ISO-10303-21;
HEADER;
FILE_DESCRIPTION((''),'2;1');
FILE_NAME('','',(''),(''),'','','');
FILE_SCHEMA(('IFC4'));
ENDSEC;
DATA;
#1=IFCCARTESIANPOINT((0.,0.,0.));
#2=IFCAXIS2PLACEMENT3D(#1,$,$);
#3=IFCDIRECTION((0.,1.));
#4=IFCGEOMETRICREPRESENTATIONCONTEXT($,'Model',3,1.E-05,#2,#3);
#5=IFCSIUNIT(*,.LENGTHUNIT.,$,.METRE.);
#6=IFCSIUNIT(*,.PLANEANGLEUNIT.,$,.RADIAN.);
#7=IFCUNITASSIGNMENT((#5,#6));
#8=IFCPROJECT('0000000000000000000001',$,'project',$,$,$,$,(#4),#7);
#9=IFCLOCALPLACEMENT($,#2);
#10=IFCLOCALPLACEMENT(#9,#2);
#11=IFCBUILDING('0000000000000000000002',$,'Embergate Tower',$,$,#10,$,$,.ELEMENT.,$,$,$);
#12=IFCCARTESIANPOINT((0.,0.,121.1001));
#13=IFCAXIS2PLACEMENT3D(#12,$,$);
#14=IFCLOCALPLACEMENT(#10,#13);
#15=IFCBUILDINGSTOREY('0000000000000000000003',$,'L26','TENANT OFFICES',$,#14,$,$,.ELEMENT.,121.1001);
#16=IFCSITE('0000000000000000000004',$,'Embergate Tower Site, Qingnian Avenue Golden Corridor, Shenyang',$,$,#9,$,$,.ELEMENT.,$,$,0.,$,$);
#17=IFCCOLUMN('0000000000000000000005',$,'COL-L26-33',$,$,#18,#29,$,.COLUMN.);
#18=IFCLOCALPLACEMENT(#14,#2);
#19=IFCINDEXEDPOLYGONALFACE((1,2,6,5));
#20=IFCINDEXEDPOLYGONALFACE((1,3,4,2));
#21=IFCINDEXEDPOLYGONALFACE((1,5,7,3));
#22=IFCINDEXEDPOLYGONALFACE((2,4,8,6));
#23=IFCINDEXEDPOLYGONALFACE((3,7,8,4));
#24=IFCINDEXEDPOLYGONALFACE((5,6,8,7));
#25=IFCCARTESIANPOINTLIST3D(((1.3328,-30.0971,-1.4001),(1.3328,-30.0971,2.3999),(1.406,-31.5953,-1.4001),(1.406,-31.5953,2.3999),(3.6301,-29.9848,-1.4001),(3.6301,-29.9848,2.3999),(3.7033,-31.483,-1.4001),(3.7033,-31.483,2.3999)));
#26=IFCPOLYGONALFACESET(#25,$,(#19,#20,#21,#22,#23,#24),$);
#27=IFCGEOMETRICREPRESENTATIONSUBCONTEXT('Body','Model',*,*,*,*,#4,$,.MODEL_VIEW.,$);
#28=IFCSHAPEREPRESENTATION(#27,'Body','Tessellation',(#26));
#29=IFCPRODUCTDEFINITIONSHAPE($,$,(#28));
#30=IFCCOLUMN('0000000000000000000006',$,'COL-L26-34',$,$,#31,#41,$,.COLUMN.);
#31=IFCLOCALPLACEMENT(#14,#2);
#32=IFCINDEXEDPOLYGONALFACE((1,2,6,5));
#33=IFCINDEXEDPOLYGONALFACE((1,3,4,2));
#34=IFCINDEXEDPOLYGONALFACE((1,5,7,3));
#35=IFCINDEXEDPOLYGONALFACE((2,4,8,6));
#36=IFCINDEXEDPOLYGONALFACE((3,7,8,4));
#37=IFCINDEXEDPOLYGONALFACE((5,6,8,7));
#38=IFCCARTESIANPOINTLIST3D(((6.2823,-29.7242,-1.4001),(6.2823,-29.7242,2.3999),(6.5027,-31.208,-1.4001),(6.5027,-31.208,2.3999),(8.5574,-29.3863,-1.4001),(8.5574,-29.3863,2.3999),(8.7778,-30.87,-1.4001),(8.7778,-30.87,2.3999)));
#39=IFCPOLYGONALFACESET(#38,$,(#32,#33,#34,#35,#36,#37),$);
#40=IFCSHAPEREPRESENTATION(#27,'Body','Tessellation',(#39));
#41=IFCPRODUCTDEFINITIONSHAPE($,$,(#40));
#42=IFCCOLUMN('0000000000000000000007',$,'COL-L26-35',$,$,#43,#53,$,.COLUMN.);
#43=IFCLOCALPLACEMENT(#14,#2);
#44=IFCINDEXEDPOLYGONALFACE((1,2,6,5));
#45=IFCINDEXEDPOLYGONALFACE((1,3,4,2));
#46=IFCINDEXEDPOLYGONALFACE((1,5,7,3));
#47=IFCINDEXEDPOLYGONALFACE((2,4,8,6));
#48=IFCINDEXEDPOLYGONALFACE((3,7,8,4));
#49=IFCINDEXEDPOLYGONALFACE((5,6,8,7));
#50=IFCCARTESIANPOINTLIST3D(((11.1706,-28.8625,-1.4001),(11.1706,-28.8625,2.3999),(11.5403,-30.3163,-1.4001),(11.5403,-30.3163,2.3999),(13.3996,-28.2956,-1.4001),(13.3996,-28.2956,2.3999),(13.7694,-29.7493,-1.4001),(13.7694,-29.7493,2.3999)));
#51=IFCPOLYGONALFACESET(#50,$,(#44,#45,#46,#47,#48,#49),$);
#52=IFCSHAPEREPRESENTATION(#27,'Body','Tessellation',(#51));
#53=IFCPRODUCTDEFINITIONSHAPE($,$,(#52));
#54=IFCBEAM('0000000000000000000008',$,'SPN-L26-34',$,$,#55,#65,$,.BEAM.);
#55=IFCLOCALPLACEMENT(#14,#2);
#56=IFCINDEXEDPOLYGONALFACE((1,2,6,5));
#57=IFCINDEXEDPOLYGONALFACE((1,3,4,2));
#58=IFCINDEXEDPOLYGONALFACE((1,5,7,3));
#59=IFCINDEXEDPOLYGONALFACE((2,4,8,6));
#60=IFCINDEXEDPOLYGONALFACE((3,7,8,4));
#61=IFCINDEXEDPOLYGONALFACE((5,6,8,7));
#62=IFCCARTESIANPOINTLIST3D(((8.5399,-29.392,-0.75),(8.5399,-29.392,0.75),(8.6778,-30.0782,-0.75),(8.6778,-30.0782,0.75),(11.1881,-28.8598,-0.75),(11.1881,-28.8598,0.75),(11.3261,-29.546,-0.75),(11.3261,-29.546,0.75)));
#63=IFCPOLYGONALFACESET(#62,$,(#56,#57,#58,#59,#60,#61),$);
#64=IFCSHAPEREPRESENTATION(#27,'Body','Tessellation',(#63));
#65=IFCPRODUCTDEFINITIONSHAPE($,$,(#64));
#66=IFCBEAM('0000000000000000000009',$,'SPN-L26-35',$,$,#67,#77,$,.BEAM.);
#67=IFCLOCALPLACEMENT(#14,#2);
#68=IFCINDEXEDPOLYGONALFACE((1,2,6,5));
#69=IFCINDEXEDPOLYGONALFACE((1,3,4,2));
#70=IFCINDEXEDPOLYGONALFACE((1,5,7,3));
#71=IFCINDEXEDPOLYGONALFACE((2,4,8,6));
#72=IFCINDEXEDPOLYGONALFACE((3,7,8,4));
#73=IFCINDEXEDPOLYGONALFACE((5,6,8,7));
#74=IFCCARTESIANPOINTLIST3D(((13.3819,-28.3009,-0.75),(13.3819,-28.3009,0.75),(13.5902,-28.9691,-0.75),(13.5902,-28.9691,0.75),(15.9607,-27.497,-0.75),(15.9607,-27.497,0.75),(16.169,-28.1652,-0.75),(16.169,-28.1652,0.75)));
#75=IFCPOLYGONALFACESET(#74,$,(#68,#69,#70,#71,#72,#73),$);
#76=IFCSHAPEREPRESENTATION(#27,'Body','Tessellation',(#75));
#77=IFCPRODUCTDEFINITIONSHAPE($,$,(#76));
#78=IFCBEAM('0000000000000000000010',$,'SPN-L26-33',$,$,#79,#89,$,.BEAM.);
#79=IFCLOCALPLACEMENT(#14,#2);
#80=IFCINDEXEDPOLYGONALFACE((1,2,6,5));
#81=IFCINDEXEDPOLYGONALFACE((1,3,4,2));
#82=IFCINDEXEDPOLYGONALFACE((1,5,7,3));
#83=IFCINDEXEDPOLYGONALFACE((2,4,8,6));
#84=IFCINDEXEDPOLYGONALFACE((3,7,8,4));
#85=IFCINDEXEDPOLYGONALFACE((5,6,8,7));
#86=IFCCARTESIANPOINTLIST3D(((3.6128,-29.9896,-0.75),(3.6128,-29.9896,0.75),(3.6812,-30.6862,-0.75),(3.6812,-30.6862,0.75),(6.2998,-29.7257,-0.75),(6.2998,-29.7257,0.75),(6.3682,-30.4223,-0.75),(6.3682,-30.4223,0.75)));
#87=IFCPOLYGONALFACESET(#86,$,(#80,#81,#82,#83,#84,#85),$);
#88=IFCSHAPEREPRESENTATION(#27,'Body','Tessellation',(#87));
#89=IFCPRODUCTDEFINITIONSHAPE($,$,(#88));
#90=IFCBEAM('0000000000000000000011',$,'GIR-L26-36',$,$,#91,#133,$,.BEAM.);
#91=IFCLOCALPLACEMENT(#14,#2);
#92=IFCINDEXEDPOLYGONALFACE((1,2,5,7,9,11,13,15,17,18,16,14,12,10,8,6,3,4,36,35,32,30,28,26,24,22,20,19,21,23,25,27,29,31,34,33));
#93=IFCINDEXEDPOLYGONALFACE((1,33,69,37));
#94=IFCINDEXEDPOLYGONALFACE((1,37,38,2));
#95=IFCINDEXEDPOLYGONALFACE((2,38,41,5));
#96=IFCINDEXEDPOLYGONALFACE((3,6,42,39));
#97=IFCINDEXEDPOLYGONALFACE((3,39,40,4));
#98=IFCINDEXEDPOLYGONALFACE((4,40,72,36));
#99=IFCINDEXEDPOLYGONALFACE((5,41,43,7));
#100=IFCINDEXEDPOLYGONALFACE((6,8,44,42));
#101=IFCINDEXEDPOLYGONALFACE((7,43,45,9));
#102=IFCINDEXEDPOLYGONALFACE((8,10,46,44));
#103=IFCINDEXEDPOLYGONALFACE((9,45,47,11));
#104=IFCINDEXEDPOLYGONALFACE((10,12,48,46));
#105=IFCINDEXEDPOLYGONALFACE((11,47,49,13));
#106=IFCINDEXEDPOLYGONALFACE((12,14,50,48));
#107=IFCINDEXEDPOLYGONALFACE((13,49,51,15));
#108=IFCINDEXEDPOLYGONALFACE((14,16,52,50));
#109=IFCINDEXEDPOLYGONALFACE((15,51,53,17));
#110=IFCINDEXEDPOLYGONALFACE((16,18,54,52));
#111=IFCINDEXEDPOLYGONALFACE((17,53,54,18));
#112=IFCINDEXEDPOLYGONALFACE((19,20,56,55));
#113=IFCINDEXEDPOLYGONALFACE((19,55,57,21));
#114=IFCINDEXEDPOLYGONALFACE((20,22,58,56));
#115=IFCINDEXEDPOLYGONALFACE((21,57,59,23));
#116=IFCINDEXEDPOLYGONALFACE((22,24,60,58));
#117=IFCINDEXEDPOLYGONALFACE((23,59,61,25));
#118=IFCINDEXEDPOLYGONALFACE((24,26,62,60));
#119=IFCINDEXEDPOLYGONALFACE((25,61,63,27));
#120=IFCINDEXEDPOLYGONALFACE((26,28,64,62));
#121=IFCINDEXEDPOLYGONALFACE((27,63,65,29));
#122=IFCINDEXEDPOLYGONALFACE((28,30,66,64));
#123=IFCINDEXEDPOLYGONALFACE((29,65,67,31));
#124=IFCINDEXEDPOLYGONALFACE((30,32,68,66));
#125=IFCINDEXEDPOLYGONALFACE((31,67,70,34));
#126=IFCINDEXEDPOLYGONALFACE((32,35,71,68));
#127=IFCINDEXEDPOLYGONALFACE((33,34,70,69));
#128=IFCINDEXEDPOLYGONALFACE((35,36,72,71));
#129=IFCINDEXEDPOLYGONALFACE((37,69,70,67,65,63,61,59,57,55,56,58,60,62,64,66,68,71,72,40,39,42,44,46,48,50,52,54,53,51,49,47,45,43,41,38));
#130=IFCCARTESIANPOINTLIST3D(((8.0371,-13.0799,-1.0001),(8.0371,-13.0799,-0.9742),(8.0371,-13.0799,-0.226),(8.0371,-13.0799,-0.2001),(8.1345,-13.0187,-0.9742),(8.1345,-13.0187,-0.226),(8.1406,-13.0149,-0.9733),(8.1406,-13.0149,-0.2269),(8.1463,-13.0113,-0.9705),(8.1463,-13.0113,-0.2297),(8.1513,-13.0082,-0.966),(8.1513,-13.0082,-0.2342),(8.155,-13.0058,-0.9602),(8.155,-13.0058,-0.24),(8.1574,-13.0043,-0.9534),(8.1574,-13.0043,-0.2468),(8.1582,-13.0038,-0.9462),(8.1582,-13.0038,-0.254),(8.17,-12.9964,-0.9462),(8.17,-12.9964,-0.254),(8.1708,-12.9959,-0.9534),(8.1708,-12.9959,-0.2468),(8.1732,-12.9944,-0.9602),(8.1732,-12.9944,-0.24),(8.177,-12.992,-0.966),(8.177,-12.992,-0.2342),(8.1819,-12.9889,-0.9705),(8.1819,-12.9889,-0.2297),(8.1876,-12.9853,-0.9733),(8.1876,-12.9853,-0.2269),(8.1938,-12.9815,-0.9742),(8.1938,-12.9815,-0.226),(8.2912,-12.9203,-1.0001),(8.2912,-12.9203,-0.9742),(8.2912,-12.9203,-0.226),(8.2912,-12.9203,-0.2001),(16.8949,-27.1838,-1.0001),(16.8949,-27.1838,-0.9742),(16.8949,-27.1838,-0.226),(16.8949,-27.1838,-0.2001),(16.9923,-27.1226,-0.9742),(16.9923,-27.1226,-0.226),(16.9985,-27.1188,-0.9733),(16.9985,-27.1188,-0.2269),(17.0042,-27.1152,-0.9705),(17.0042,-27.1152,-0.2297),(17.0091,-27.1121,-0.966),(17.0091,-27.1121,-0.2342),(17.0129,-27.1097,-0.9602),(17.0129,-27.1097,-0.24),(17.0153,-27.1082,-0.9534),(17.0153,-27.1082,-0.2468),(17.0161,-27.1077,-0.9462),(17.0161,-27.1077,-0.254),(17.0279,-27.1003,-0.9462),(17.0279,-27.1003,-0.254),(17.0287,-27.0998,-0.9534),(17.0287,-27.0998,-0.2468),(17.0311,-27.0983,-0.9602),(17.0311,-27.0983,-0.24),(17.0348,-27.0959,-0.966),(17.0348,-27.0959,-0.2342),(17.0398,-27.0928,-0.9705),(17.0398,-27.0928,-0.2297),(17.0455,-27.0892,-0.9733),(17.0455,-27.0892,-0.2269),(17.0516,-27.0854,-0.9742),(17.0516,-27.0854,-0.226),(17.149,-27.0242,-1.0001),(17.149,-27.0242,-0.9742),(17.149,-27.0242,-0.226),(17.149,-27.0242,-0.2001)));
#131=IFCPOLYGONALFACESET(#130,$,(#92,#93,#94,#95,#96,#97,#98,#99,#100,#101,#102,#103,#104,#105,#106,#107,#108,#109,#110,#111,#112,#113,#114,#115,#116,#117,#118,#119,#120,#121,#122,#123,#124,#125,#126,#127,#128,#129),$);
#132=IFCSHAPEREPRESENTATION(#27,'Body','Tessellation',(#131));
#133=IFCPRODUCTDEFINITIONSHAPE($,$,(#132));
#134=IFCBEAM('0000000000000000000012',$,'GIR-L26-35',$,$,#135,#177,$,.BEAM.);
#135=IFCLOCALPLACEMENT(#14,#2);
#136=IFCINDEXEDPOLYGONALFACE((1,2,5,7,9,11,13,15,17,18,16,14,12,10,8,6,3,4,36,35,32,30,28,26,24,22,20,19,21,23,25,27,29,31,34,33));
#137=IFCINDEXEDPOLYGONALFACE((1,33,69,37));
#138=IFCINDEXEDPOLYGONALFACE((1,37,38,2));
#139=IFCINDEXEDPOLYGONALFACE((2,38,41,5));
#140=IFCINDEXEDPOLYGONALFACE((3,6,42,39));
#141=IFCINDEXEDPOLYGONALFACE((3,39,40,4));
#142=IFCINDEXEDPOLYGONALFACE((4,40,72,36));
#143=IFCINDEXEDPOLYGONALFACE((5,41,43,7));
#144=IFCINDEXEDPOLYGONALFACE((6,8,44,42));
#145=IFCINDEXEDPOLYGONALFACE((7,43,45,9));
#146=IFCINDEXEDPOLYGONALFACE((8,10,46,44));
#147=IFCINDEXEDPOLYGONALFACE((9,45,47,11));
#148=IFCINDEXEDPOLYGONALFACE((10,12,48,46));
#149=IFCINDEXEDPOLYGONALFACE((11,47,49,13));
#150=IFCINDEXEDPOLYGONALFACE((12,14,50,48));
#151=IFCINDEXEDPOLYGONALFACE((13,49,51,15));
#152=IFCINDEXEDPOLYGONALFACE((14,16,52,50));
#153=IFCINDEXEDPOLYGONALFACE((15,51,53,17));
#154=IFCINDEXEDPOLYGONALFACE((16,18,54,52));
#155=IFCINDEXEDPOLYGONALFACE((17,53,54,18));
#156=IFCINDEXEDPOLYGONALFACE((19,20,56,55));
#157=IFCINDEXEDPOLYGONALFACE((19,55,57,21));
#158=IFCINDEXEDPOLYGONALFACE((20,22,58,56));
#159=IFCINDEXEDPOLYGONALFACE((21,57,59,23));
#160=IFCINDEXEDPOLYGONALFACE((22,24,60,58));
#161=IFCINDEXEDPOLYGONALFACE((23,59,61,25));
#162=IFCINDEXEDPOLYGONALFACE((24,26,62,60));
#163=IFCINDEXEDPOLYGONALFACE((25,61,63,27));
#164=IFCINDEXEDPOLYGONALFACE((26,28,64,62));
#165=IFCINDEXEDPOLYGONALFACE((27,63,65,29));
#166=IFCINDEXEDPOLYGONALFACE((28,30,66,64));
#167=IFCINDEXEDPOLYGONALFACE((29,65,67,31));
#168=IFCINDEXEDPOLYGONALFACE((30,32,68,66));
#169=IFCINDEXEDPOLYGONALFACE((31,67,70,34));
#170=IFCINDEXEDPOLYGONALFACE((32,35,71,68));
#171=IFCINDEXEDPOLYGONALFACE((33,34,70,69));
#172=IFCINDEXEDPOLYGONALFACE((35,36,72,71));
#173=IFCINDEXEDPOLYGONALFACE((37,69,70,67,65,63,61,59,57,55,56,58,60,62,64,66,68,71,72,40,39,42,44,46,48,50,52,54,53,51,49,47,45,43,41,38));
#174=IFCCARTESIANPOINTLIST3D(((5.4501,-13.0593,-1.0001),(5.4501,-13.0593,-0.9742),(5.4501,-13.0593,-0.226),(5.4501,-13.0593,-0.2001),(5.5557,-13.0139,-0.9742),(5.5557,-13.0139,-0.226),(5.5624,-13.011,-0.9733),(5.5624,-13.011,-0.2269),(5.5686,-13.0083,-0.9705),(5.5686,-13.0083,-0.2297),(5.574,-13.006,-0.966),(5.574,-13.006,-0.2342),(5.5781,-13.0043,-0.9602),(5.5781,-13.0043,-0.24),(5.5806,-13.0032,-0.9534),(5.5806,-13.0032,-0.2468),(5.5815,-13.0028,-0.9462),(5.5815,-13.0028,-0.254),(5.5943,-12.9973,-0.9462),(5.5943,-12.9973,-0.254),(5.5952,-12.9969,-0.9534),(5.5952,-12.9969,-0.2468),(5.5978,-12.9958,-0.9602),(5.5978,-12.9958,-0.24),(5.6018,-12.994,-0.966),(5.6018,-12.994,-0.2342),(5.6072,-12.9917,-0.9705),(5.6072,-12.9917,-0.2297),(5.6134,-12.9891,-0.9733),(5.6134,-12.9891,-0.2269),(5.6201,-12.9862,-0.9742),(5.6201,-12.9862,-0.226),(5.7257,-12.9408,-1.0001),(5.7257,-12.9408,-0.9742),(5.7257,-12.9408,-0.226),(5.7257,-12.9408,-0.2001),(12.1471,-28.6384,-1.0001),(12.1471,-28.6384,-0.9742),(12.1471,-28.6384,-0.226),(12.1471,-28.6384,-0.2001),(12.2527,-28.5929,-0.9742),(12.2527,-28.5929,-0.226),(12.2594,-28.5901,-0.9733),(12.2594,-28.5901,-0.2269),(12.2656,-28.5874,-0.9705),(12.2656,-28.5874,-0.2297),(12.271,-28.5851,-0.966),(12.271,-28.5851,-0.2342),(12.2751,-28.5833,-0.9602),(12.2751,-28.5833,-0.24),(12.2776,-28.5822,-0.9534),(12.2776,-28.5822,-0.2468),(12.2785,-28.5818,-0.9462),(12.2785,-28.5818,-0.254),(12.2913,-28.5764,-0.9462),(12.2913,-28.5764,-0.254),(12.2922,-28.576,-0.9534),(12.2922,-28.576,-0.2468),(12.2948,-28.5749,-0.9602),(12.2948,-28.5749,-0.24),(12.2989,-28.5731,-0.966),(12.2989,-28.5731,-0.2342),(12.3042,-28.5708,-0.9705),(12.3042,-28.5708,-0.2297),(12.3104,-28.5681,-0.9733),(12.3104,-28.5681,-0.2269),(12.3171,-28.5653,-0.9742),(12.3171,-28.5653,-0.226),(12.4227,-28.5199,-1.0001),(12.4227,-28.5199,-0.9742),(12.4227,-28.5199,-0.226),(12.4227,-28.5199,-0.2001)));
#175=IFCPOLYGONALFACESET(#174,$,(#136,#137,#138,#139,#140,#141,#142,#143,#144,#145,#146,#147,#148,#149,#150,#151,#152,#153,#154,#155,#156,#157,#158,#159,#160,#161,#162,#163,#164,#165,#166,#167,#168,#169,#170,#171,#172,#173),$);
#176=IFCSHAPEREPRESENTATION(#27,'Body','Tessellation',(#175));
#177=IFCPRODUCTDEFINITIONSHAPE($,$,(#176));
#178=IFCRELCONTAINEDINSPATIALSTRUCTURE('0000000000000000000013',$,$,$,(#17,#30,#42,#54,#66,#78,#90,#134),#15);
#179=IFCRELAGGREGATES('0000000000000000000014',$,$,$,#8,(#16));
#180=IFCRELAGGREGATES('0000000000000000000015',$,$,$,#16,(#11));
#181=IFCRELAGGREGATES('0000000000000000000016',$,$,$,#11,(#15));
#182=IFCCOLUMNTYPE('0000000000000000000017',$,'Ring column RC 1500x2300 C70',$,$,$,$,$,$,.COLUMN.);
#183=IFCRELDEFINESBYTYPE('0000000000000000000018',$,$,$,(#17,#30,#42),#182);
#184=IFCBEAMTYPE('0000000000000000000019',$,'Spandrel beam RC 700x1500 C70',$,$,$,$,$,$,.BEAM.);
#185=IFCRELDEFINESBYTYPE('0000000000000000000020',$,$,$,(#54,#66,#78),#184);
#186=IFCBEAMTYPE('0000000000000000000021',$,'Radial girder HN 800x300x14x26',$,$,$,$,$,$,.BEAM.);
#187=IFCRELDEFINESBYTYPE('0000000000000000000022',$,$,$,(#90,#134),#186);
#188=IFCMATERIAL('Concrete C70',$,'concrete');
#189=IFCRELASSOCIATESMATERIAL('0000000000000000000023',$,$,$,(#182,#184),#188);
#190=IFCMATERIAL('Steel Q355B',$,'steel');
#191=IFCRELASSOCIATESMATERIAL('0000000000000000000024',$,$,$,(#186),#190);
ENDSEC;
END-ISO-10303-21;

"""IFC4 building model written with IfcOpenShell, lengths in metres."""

from ifc_helpers import new_model, si_unit, direction, frame, origin, origin_2d, place, context, subcontext, project, spatial, rectangle, i_section, extrude, source, transform, mapped, material, material_profile, profile_set, type_object, element, save


model = new_model("IFC4")

# Units and contexts
model_context = context("Model", 3, precision=1e-05, world=origin(), true_north=direction((0.0, 1.0)))
body_context = subcontext(model_context, "Body", "Model", "MODEL_VIEW")
ifc_project = project(units=[si_unit("LENGTHUNIT", "METRE"), si_unit("PLANEANGLEUNIT", "RADIAN")], contexts=[model_context])

# Site, building, storey
site_placement = place(None, origin())
site = spatial("IfcSite", under=ifc_project, at=site_placement, Name="Embergate Tower Site, Qingnian Avenue Golden Corridor, Shenyang", CompositionType="ELEMENT", RefElevation=0.0)
building_placement = place(site_placement, origin())
building = spatial("IfcBuilding", under=site, at=building_placement, Name="Embergate Tower", CompositionType="ELEMENT")
storey_placement = place(building_placement, frame((0.0, 0.0, 121.1001)))
storey = spatial("IfcBuildingStorey", under=building, at=storey_placement, Name="L26", Description="TENANT OFFICES", CompositionType="ELEMENT", Elevation=121.1001)

# Columns
ifc_material_1 = material(Name="Concrete C70", Category="concrete")
ifc_material_profile_1 = material_profile(ifc_material_1, rectangle(XDim=1.5, YDim=2.3, at=origin_2d()), Name="RC 1500x2300")
ifc_profile_set_1 = profile_set([ifc_material_profile_1], Name="Concrete C70")
column_type = type_object("IfcColumnType", Name="Ring column RC 1500x2300 C70", PredefinedType="COLUMN", material=ifc_profile_set_1)
shared_shape_1 = source(origin(), body_context, "Body", "SweptSolid", [
    extrude(rectangle(XDim=1.5, YDim=2.3, at=origin_2d()), origin(), (0.0, 0.0, 1.0), 3.8),
])
for number, where, z_axis, x_axis, name in (
    (1, (2.5181, -30.79, -1.4001), (0.0, 0.0, 1.0), (0.048815, -0.998808, 0.0), "COL-L26-33"),
    (2, (7.53, -30.2971, -1.4001), (0.0, 0.0, 1.0), (0.146929, -0.989147, 0.0), "COL-L26-34"),
    (3, (12.47, -29.3059, -1.4001), (0.0, 0.0, 1.0), (0.246509, -0.969141, 0.0), "COL-L26-35"),
):
    element("IfcColumn", number, at=place(storey_placement, frame(where, z_axis=z_axis, x_axis=x_axis)), inside=storey, type_object=column_type, Name=name, PredefinedType="COLUMN", context=body_context, shape_type="MappedRepresentation", body=[
        mapped(shared_shape_1, transform((0.0, 0.0, 0.0))),
    ])

# Beams
ifc_material_profile_2 = material_profile(ifc_material_1, rectangle(XDim=0.7, YDim=1.5, at=origin_2d()), Name="RC 700x1500")
ifc_profile_set_2 = profile_set([ifc_material_profile_2], Name="Concrete C70")
beam_type_1 = type_object("IfcBeamType", Name="Spandrel beam RC 700x1500 C70", PredefinedType="BEAM", material=ifc_profile_set_2)
shared_shape_2 = source(origin(), body_context, "Body", "SweptSolid", [
    extrude(rectangle(XDim=0.7, YDim=1.5, at=origin_2d()), origin(), (0.0, 0.0, 1.0), 2.7012),
])
for number, where, z_axis, x_axis, name in (
    (4, (8.6089, -29.7351, 0.0), (0.980396, 0.197037, 0.0), (-0.197037, 0.980396, 0.0), "SPN-L26-34"),
    (5, (13.4861, -28.635, 0.0), (0.954684, 0.297621, 0.0), (-0.297621, 0.954684, 0.0), "SPN-L26-35"),
):
    element("IfcBeam", number, at=place(storey_placement, frame(where, z_axis=z_axis, x_axis=x_axis)), inside=storey, type_object=beam_type_1, Name=name, PredefinedType="BEAM", context=body_context, shape_type="MappedRepresentation", body=[
        mapped(shared_shape_2, transform((0.0, 0.0, 0.0))),
    ])
shared_shape_3 = source(origin(), body_context, "Body", "SweptSolid", [
    extrude(rectangle(XDim=0.7, YDim=1.5, at=origin_2d()), origin(), (0.0, 0.0, 1.0), 2.7),
])
beam_1_placement = place(storey_placement, frame((3.647, -30.3379, 0.0), z_axis=(0.995211, 0.097749, 0.0), x_axis=(-0.097749, 0.995211, 0.0)))
element("IfcBeam", 6, at=beam_1_placement, inside=storey, type_object=beam_type_1, Name="SPN-L26-33", PredefinedType="BEAM", context=body_context, shape_type="MappedRepresentation", body=[
    mapped(shared_shape_3, transform((0.0, 0.0, 0.0))),
])
ifc_material_2 = material(Name="Steel Q355B", Category="steel")
ifc_material_profile_3 = material_profile(ifc_material_2, i_section(OverallWidth=0.3, OverallDepth=0.8, WebThickness=0.0139, FlangeThickness=0.0259, FilletRadius=0.0281, at=origin_2d()), Name="HN 800x300x14x26")
ifc_profile_set_3 = profile_set([ifc_material_profile_3], Name="Steel Q355 grade B")
beam_type_2 = type_object("IfcBeamType", Name="Radial girder HN 800x300x14x26", PredefinedType="BEAM", material=ifc_profile_set_3)
shared_shape_4 = source(origin(), body_context, "Body", "SweptSolid", [
    extrude(i_section(OverallWidth=0.3, OverallDepth=0.8, WebThickness=0.0139, FlangeThickness=0.0259, FilletRadius=0.0281, at=origin_2d()), origin(), (0.0, 0.0, 1.0), 16.6548),
])
beam_2_placement = place(storey_placement, frame((17.022, -27.104, -0.6001), z_axis=(-0.53185, 0.846838, 0.0), x_axis=(-0.846838, -0.53185, 0.0)))
element("IfcBeam", 7, at=beam_2_placement, inside=storey, type_object=beam_type_2, Name="GIR-L26-36", PredefinedType="BEAM", context=body_context, shape_type="MappedRepresentation", body=[
    mapped(shared_shape_4, transform((0.0, 0.0, 0.0))),
])
shared_shape_5 = source(origin(), body_context, "Body", "SweptSolid", [
    extrude(i_section(OverallWidth=0.3, OverallDepth=0.8, WebThickness=0.0139, FlangeThickness=0.0259, FilletRadius=0.0281, at=origin_2d()), origin(), (0.0, 0.0, 1.0), 16.9575),
])
beam_3_placement = place(storey_placement, frame((12.2849, -28.5791, -0.6001), z_axis=(-0.394929, 0.918712, 0.0), x_axis=(-0.918712, -0.394929, 0.0)))
element("IfcBeam", 8, at=beam_3_placement, inside=storey, type_object=beam_type_2, Name="GIR-L26-35", PredefinedType="BEAM", context=body_context, shape_type="MappedRepresentation", body=[
    mapped(shared_shape_5, transform((0.0, 0.0, 0.0))),
])

save(model, "model.ifc")
